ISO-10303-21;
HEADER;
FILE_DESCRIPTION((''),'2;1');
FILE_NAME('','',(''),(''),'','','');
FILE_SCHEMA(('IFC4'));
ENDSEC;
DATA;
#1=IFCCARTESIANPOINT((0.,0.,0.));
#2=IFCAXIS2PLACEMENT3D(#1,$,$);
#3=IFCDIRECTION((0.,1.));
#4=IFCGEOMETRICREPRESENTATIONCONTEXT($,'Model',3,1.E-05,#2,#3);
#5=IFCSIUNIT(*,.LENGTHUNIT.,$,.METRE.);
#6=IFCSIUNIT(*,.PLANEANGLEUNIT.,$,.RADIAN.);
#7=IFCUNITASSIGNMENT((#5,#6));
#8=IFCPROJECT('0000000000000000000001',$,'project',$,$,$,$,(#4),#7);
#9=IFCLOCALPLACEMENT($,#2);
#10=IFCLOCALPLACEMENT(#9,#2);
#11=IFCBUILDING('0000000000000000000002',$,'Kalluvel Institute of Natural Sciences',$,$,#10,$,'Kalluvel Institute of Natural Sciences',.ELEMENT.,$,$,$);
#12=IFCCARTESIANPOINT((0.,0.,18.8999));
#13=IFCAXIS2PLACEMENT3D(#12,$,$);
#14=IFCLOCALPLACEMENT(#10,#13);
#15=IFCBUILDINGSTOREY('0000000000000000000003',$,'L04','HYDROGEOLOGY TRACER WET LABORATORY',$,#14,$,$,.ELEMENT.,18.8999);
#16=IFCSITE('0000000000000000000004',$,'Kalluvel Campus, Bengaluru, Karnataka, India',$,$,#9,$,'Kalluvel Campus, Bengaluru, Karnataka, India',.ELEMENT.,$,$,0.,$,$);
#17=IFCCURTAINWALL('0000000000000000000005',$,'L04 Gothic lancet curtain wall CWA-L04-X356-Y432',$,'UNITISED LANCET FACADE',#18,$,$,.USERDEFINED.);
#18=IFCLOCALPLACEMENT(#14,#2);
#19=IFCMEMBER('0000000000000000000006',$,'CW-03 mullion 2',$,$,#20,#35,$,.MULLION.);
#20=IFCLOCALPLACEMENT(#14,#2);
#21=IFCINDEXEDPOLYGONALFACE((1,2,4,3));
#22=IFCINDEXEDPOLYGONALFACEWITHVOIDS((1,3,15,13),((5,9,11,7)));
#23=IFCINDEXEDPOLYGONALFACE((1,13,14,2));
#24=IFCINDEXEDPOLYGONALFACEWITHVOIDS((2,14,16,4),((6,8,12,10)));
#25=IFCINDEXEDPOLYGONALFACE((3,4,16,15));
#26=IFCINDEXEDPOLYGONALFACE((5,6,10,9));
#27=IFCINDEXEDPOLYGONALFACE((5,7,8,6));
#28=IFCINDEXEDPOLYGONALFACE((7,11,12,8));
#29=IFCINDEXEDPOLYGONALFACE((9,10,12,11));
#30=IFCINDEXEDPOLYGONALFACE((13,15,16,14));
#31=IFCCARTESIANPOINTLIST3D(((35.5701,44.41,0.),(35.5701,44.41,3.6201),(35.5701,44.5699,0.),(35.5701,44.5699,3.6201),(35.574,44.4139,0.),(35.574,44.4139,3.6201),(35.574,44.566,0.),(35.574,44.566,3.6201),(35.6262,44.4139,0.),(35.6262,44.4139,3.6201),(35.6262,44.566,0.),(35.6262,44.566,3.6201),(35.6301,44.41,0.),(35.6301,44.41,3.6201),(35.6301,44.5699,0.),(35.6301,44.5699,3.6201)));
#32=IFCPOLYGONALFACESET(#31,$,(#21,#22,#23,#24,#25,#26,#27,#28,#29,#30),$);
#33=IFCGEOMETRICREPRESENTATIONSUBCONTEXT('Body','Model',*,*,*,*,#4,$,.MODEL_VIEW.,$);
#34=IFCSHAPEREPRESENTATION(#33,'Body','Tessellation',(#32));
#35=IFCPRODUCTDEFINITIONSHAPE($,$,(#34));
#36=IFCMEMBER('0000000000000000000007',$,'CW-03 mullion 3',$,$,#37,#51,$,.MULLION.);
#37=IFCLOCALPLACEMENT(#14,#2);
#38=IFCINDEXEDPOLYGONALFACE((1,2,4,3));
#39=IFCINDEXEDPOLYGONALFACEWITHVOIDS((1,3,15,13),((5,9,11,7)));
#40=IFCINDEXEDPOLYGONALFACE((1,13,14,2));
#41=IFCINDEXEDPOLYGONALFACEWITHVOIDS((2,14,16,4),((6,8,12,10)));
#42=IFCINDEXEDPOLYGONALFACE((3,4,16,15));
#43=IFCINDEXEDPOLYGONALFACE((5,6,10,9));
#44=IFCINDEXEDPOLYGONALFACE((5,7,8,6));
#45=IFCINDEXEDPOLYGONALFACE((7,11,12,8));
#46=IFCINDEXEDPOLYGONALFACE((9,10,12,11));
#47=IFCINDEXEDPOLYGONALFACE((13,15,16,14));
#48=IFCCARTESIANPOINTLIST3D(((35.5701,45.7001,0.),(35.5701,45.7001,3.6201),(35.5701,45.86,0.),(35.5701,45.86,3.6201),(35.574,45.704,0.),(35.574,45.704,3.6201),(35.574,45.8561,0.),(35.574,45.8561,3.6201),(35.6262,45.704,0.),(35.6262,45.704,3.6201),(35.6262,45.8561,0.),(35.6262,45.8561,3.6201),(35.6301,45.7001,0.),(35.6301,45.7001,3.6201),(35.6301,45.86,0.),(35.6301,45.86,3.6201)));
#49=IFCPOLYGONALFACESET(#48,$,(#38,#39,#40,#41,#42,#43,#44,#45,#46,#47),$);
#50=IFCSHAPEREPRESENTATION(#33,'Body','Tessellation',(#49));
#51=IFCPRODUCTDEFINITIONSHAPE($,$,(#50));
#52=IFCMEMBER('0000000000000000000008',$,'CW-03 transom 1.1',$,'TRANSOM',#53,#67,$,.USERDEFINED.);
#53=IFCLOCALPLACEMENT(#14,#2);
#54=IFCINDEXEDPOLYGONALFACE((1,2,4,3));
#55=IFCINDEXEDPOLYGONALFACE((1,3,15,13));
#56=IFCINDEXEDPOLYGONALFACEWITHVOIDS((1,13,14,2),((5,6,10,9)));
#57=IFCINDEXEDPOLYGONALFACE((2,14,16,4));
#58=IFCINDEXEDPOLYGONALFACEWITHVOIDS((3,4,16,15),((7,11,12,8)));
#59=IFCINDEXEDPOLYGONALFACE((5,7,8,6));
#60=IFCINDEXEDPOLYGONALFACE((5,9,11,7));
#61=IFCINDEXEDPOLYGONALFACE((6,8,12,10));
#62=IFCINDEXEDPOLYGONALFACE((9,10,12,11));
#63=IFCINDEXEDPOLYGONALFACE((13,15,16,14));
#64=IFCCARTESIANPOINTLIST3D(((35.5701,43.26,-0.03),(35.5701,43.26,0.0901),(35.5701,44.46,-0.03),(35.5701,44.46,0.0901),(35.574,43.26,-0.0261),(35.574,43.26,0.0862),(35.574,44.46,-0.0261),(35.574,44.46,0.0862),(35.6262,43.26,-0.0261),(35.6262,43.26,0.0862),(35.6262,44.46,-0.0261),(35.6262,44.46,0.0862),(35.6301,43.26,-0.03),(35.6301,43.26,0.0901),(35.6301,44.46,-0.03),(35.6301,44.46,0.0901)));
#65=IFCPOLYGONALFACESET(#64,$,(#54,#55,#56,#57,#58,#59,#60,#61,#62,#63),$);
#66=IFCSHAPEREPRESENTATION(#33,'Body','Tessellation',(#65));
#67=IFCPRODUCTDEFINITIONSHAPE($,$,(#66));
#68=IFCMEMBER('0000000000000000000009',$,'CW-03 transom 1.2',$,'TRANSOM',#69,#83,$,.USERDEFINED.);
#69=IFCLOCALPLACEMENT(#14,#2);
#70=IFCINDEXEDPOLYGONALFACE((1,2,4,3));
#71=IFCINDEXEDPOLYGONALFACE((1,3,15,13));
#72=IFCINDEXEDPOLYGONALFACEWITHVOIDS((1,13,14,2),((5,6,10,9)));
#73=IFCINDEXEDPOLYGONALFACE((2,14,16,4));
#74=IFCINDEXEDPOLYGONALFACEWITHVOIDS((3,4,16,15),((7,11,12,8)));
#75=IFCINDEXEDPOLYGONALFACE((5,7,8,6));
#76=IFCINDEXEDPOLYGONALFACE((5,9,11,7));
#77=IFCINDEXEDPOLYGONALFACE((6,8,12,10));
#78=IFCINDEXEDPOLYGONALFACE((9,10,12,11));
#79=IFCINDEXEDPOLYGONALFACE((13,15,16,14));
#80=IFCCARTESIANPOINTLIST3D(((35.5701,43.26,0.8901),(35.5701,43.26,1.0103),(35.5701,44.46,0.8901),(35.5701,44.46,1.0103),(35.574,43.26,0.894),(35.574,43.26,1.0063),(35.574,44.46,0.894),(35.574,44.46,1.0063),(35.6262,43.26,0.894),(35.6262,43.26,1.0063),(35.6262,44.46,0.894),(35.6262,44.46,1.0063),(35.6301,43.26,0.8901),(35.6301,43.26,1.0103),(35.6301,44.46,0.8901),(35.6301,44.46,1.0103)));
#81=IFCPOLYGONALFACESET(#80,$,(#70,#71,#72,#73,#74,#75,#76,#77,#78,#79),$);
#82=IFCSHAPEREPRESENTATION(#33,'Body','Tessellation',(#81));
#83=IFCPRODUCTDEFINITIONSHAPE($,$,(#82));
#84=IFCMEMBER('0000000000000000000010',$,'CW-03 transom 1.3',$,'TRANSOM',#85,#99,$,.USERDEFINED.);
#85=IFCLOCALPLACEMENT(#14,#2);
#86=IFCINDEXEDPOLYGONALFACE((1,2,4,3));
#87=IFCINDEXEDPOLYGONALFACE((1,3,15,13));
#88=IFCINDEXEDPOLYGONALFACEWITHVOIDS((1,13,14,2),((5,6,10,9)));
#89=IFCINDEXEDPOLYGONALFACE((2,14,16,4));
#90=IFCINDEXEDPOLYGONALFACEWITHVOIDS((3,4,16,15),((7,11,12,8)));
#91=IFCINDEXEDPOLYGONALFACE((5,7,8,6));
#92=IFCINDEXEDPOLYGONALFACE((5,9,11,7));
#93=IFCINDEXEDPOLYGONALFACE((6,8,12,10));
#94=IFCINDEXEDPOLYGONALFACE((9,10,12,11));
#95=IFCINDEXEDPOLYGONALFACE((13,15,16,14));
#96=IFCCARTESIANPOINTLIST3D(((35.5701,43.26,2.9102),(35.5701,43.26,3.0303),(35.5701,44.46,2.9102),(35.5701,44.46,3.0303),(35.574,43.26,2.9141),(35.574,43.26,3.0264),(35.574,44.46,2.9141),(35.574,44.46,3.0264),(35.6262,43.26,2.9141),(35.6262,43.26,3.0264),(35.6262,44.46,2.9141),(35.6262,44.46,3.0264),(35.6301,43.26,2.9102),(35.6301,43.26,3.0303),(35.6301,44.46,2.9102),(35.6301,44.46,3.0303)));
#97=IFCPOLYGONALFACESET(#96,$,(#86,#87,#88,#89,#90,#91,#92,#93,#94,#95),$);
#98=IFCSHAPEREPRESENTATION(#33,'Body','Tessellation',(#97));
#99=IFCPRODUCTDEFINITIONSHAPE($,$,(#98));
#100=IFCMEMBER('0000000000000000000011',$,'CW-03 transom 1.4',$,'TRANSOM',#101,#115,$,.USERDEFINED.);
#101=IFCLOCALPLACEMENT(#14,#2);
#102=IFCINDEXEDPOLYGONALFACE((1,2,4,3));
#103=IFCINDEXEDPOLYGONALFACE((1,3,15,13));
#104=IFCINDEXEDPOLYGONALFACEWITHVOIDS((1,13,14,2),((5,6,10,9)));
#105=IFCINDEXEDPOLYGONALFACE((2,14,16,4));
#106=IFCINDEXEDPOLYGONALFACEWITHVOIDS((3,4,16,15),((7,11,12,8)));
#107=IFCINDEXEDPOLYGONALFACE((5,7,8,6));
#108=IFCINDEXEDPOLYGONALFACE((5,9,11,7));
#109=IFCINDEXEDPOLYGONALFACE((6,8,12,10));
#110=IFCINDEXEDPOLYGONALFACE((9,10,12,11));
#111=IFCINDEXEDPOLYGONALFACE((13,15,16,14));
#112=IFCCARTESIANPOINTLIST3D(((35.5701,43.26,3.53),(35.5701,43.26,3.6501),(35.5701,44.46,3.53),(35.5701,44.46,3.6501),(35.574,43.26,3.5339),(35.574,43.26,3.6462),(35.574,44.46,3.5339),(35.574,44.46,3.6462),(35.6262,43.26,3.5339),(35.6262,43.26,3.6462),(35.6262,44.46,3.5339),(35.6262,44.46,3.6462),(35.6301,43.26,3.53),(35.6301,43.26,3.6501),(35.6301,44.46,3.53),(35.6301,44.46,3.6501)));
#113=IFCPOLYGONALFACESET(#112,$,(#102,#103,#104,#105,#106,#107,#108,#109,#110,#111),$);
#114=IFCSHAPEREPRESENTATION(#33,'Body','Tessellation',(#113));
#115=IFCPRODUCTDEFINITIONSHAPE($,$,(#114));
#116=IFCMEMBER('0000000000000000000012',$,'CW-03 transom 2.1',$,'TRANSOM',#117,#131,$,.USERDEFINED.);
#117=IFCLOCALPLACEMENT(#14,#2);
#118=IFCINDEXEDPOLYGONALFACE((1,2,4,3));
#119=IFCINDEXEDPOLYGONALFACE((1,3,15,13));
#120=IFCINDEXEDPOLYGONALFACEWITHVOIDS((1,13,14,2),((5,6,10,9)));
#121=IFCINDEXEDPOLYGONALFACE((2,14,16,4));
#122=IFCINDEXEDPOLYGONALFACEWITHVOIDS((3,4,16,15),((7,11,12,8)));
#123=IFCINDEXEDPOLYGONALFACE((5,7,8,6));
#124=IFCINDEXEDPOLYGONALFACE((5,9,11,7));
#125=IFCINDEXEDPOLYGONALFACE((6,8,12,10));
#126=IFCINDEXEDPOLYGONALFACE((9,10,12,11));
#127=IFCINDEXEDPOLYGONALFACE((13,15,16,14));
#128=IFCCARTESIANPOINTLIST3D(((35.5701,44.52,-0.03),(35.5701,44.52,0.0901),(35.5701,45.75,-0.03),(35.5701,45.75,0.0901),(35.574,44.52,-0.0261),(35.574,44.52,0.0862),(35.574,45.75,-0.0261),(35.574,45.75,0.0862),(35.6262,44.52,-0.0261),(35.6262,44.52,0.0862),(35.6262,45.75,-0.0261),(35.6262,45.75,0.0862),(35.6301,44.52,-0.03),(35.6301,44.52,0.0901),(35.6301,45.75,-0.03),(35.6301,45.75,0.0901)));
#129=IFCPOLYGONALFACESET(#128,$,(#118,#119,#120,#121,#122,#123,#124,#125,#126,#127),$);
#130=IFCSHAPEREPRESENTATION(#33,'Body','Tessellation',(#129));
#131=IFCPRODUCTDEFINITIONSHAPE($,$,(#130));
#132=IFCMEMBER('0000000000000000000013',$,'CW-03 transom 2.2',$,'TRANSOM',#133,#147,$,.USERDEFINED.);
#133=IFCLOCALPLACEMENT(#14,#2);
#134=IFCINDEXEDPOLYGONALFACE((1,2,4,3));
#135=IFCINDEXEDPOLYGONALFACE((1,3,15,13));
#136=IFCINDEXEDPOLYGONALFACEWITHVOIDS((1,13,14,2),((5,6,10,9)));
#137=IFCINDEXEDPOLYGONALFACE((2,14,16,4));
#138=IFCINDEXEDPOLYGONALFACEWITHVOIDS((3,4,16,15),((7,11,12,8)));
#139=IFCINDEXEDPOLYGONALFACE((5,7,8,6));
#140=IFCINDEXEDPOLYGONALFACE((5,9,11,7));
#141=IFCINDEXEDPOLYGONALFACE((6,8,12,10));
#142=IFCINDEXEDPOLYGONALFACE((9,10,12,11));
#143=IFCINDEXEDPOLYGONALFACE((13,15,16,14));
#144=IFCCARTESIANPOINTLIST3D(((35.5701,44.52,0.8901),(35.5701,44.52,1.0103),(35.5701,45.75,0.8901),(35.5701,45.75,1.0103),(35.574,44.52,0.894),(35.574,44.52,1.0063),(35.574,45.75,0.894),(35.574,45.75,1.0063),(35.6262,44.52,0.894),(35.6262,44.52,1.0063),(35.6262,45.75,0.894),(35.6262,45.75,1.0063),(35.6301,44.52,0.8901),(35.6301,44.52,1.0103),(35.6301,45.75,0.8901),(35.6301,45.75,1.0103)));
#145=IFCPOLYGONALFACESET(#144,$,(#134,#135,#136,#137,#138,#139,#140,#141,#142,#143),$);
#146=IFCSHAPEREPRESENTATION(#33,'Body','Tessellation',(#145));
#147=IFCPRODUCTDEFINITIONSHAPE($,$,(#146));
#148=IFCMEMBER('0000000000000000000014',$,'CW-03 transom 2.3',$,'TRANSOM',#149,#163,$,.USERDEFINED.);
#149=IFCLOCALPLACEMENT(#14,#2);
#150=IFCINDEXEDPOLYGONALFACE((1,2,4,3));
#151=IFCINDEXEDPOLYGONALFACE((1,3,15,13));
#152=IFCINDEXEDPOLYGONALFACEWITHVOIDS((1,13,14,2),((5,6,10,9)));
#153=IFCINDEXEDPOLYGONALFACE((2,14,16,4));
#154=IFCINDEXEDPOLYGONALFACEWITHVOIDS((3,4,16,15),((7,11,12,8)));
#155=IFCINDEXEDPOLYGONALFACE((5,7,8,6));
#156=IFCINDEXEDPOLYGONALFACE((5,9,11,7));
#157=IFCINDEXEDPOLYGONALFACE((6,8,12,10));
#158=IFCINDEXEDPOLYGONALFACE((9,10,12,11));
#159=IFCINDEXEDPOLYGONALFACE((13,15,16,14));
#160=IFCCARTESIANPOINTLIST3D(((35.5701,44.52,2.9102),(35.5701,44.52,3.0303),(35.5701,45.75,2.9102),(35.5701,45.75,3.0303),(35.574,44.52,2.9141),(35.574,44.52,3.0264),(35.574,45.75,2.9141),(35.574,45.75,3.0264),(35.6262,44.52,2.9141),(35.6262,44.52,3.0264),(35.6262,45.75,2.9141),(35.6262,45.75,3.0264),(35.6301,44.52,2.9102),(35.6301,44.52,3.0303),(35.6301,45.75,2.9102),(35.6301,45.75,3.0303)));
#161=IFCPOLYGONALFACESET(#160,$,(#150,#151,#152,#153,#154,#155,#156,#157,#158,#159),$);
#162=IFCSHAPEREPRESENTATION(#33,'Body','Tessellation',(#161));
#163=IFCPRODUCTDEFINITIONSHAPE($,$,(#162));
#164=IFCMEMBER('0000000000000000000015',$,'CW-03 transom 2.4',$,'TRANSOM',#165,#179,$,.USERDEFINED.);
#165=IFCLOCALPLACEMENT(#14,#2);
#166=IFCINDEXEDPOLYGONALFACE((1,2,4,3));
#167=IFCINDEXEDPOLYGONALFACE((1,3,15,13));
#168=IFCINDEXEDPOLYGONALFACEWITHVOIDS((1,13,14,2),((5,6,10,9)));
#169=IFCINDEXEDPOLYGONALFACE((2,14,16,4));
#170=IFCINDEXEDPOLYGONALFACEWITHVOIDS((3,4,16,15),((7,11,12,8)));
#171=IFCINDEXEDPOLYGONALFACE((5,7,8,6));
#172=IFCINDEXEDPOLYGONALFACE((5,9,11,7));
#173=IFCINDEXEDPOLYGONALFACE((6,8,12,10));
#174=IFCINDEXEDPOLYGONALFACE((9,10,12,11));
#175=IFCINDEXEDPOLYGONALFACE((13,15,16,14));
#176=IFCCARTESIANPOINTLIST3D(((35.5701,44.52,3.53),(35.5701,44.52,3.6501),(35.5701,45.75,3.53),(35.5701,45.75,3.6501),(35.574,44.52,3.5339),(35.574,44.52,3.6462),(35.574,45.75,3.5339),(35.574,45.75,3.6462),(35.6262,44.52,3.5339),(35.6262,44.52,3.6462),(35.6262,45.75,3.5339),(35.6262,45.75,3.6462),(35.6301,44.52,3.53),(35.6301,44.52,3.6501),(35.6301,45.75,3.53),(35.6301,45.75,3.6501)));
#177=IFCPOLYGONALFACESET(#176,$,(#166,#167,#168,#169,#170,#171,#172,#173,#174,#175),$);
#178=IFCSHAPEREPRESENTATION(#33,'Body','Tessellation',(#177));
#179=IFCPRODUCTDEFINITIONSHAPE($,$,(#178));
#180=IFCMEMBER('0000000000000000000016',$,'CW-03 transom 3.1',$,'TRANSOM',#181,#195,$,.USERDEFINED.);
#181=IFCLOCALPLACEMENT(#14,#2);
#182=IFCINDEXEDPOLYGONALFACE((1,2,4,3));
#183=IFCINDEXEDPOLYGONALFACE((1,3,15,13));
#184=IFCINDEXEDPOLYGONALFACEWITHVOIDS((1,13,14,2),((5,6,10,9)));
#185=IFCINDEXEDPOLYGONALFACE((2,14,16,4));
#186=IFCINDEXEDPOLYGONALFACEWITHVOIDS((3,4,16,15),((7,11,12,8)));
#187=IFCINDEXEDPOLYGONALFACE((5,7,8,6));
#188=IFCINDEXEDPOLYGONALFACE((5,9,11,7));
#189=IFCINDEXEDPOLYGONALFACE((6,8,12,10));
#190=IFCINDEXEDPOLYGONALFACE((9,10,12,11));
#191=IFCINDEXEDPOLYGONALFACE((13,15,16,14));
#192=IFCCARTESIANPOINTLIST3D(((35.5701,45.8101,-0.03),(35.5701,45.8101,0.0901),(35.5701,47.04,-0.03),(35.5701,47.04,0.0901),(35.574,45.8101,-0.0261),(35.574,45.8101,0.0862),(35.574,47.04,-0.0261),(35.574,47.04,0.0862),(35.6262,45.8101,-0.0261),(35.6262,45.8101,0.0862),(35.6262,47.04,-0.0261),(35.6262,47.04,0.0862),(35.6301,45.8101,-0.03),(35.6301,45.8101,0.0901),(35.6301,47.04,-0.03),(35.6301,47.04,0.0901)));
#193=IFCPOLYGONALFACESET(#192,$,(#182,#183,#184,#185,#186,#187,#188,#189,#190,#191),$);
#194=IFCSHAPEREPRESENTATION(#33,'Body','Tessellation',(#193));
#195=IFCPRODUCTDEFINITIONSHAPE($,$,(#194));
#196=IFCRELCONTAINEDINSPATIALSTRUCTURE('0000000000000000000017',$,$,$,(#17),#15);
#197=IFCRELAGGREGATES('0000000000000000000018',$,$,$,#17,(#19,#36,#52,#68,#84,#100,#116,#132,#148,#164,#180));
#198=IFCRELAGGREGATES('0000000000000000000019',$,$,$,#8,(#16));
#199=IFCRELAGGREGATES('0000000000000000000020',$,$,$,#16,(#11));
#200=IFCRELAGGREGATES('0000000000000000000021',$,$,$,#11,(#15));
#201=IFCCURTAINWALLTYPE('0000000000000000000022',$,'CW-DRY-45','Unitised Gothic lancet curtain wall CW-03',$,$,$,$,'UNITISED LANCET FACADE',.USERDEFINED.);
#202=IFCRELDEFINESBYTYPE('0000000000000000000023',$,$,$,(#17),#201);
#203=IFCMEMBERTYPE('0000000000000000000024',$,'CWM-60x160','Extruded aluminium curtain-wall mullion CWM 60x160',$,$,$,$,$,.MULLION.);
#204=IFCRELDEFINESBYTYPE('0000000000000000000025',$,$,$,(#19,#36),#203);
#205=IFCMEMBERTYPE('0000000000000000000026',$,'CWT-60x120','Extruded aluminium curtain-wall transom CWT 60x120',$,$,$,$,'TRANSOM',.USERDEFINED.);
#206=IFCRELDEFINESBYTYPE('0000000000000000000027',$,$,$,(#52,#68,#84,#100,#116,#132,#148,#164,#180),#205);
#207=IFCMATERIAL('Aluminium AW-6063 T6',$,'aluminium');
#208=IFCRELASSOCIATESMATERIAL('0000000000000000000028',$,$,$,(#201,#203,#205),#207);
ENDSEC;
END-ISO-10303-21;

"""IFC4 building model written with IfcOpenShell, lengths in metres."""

from ifc_helpers import new_model, si_unit, direction, frame, origin, origin_2d, place, context, subcontext, project, spatial, hollow_rectangle, extrude, material, material_profile, profile_set, type_object, element, aggregate, save


model = new_model("IFC4")

# Units and contexts
model_context = context("Model", 3, precision=1e-05, world=origin(), true_north=direction((0.0, 1.0)))
body_context = subcontext(model_context, "Body", "Model", "MODEL_VIEW")
ifc_project = project(units=[si_unit("LENGTHUNIT", "METRE"), si_unit("PLANEANGLEUNIT", "RADIAN")], contexts=[model_context])

# Site, building, storey
site_placement = place(None, origin())
site = spatial("IfcSite", under=ifc_project, at=site_placement, Name="Kalluvel Campus, Bengaluru, Karnataka, India", LongName="Kalluvel Campus, Bengaluru, Karnataka, India", CompositionType="ELEMENT", RefElevation=0.0)
building_placement = place(site_placement, origin())
building = spatial("IfcBuilding", under=site, at=building_placement, Name="Kalluvel Institute of Natural Sciences", LongName="Kalluvel Institute of Natural Sciences", CompositionType="ELEMENT")
storey_placement = place(building_placement, frame((0.0, 0.0, 18.8999)))
storey = spatial("IfcBuildingStorey", under=building, at=storey_placement, Name="L04", Description="HYDROGEOLOGY TRACER WET LABORATORY", CompositionType="ELEMENT", Elevation=18.8999)

# Curtain wall, members
ifc_material_1 = material(Name="Aluminium AW-6063 T6", Category="aluminium")
curtain_wall_type = type_object("IfcCurtainWallType", Name="CW-DRY-45", Description="Unitised Gothic lancet curtain wall CW-03", ElementType="UNITISED LANCET FACADE", PredefinedType="USERDEFINED", material=ifc_material_1)
curtain_wall_placement = place(storey_placement, origin())
curtain_wall = element("IfcCurtainWall", 1, at=curtain_wall_placement, inside=storey, type_object=curtain_wall_type, Name="L04 Gothic lancet curtain wall CWA-L04-X356-Y432", ObjectType="UNITISED LANCET FACADE", PredefinedType="USERDEFINED")
ifc_material_profile_1 = material_profile(ifc_material_1, hollow_rectangle(XDim=0.0601, YDim=0.1599, WallThickness=0.0039, at=origin_2d()), Name="CWM 60x160")
ifc_profile_set_1 = profile_set([ifc_material_profile_1], Name="Aluminium AW-6063 T6")
member_type_1 = type_object("IfcMemberType", Name="CWM-60x160", Description="Extruded aluminium curtain-wall mullion CWM 60x160", PredefinedType="MULLION", material=ifc_profile_set_1)
member_1_placement = place(storey_placement, frame((35.6001, 44.49, 0.0), z_axis=(0.0, 0.0, 1.0), x_axis=(-1.0, 0.0, 0.0)))
member_1 = element("IfcMember", 2, at=member_1_placement, type_object=member_type_1, Name="CW-03 mullion 2", PredefinedType="MULLION", context=body_context, shape_type="SweptSolid", body=[
    extrude(hollow_rectangle(XDim=0.0601, YDim=0.1599, WallThickness=0.0039, at=origin_2d()), origin(), (0.0, 0.0, 1.0), 3.6201),
])
member_2_placement = place(storey_placement, frame((35.6001, 45.78, 0.0), z_axis=(0.0, 0.0, 1.0), x_axis=(-1.0, 0.0, 0.0)))
member_2 = element("IfcMember", 3, at=member_2_placement, type_object=member_type_1, Name="CW-03 mullion 3", PredefinedType="MULLION", context=body_context, shape_type="SweptSolid", body=[
    extrude(hollow_rectangle(XDim=0.0601, YDim=0.1599, WallThickness=0.0039, at=origin_2d()), origin(), (0.0, 0.0, 1.0), 3.6201),
])
ifc_material_profile_2 = material_profile(ifc_material_1, hollow_rectangle(XDim=0.0601, YDim=0.1201, WallThickness=0.0039, at=origin_2d()), Name="CWT 60x120")
ifc_profile_set_2 = profile_set([ifc_material_profile_2], Name="Aluminium AW-6063 T6")
member_type_2 = type_object("IfcMemberType", Name="CWT-60x120", Description="Extruded aluminium curtain-wall transom CWT 60x120", ElementType="TRANSOM", PredefinedType="USERDEFINED", material=ifc_profile_set_2)
member_3_placement = place(storey_placement, frame((35.6001, 43.26, 0.03), z_axis=(0.0, 1.0, 0.0), x_axis=(-1.0, 0.0, 0.0)))
member_3 = element("IfcMember", 4, at=member_3_placement, type_object=member_type_2, Name="CW-03 transom 1.1", ObjectType="TRANSOM", PredefinedType="USERDEFINED", context=body_context, shape_type="SweptSolid", body=[
    extrude(hollow_rectangle(XDim=0.0601, YDim=0.1201, WallThickness=0.0039, at=origin_2d()), origin(), (0.0, 0.0, 1.0), 1.2),
])
member_4_placement = place(storey_placement, frame((35.6001, 43.26, 0.9502), z_axis=(0.0, 1.0, 0.0), x_axis=(-1.0, 0.0, 0.0)))
member_4 = element("IfcMember", 5, at=member_4_placement, type_object=member_type_2, Name="CW-03 transom 1.2", ObjectType="TRANSOM", PredefinedType="USERDEFINED", context=body_context, shape_type="SweptSolid", body=[
    extrude(hollow_rectangle(XDim=0.0601, YDim=0.1201, WallThickness=0.0039, at=origin_2d()), origin(), (0.0, 0.0, 1.0), 1.2),
])
member_5_placement = place(storey_placement, frame((35.6001, 43.26, 2.9702), z_axis=(0.0, 1.0, 0.0), x_axis=(-1.0, 0.0, 0.0)))
member_5 = element("IfcMember", 6, at=member_5_placement, type_object=member_type_2, Name="CW-03 transom 1.3", ObjectType="TRANSOM", PredefinedType="USERDEFINED", context=body_context, shape_type="SweptSolid", body=[
    extrude(hollow_rectangle(XDim=0.0601, YDim=0.1201, WallThickness=0.0039, at=origin_2d()), origin(), (0.0, 0.0, 1.0), 1.2),
])
member_6_placement = place(storey_placement, frame((35.6001, 43.26, 3.5901), z_axis=(0.0, 1.0, 0.0), x_axis=(-1.0, 0.0, 0.0)))
member_6 = element("IfcMember", 7, at=member_6_placement, type_object=member_type_2, Name="CW-03 transom 1.4", ObjectType="TRANSOM", PredefinedType="USERDEFINED", context=body_context, shape_type="SweptSolid", body=[
    extrude(hollow_rectangle(XDim=0.0601, YDim=0.1201, WallThickness=0.0039, at=origin_2d()), origin(), (0.0, 0.0, 1.0), 1.2),
])
member_7_placement = place(storey_placement, frame((35.6001, 44.52, 0.03), z_axis=(0.0, 1.0, 0.0), x_axis=(-1.0, 0.0, 0.0)))
member_7 = element("IfcMember", 8, at=member_7_placement, type_object=member_type_2, Name="CW-03 transom 2.1", ObjectType="TRANSOM", PredefinedType="USERDEFINED", context=body_context, shape_type="SweptSolid", body=[
    extrude(hollow_rectangle(XDim=0.0601, YDim=0.1201, WallThickness=0.0039, at=origin_2d()), origin(), (0.0, 0.0, 1.0), 1.23),
])
member_8_placement = place(storey_placement, frame((35.6001, 44.52, 0.9502), z_axis=(0.0, 1.0, 0.0), x_axis=(-1.0, 0.0, 0.0)))
member_8 = element("IfcMember", 9, at=member_8_placement, type_object=member_type_2, Name="CW-03 transom 2.2", ObjectType="TRANSOM", PredefinedType="USERDEFINED", context=body_context, shape_type="SweptSolid", body=[
    extrude(hollow_rectangle(XDim=0.0601, YDim=0.1201, WallThickness=0.0039, at=origin_2d()), origin(), (0.0, 0.0, 1.0), 1.23),
])
member_9_placement = place(storey_placement, frame((35.6001, 44.52, 2.9702), z_axis=(0.0, 1.0, 0.0), x_axis=(-1.0, 0.0, 0.0)))
member_9 = element("IfcMember", 10, at=member_9_placement, type_object=member_type_2, Name="CW-03 transom 2.3", ObjectType="TRANSOM", PredefinedType="USERDEFINED", context=body_context, shape_type="SweptSolid", body=[
    extrude(hollow_rectangle(XDim=0.0601, YDim=0.1201, WallThickness=0.0039, at=origin_2d()), origin(), (0.0, 0.0, 1.0), 1.23),
])
member_10_placement = place(storey_placement, frame((35.6001, 44.52, 3.5901), z_axis=(0.0, 1.0, 0.0), x_axis=(-1.0, 0.0, 0.0)))
member_10 = element("IfcMember", 11, at=member_10_placement, type_object=member_type_2, Name="CW-03 transom 2.4", ObjectType="TRANSOM", PredefinedType="USERDEFINED", context=body_context, shape_type="SweptSolid", body=[
    extrude(hollow_rectangle(XDim=0.0601, YDim=0.1201, WallThickness=0.0039, at=origin_2d()), origin(), (0.0, 0.0, 1.0), 1.23),
])
member_11_placement = place(storey_placement, frame((35.6001, 45.8101, 0.03), z_axis=(0.0, 1.0, 0.0), x_axis=(-1.0, 0.0, 0.0)))
member_11 = element("IfcMember", 12, at=member_11_placement, type_object=member_type_2, Name="CW-03 transom 3.1", ObjectType="TRANSOM", PredefinedType="USERDEFINED", context=body_context, shape_type="SweptSolid", body=[
    extrude(hollow_rectangle(XDim=0.0601, YDim=0.1201, WallThickness=0.0039, at=origin_2d()), origin(), (0.0, 0.0, 1.0), 1.23),
])
aggregate(curtain_wall, [member_1, member_2, member_3, member_4, member_5, member_6, member_7, member_8, member_9, member_10, member_11])

save(model, "model.ifc")
